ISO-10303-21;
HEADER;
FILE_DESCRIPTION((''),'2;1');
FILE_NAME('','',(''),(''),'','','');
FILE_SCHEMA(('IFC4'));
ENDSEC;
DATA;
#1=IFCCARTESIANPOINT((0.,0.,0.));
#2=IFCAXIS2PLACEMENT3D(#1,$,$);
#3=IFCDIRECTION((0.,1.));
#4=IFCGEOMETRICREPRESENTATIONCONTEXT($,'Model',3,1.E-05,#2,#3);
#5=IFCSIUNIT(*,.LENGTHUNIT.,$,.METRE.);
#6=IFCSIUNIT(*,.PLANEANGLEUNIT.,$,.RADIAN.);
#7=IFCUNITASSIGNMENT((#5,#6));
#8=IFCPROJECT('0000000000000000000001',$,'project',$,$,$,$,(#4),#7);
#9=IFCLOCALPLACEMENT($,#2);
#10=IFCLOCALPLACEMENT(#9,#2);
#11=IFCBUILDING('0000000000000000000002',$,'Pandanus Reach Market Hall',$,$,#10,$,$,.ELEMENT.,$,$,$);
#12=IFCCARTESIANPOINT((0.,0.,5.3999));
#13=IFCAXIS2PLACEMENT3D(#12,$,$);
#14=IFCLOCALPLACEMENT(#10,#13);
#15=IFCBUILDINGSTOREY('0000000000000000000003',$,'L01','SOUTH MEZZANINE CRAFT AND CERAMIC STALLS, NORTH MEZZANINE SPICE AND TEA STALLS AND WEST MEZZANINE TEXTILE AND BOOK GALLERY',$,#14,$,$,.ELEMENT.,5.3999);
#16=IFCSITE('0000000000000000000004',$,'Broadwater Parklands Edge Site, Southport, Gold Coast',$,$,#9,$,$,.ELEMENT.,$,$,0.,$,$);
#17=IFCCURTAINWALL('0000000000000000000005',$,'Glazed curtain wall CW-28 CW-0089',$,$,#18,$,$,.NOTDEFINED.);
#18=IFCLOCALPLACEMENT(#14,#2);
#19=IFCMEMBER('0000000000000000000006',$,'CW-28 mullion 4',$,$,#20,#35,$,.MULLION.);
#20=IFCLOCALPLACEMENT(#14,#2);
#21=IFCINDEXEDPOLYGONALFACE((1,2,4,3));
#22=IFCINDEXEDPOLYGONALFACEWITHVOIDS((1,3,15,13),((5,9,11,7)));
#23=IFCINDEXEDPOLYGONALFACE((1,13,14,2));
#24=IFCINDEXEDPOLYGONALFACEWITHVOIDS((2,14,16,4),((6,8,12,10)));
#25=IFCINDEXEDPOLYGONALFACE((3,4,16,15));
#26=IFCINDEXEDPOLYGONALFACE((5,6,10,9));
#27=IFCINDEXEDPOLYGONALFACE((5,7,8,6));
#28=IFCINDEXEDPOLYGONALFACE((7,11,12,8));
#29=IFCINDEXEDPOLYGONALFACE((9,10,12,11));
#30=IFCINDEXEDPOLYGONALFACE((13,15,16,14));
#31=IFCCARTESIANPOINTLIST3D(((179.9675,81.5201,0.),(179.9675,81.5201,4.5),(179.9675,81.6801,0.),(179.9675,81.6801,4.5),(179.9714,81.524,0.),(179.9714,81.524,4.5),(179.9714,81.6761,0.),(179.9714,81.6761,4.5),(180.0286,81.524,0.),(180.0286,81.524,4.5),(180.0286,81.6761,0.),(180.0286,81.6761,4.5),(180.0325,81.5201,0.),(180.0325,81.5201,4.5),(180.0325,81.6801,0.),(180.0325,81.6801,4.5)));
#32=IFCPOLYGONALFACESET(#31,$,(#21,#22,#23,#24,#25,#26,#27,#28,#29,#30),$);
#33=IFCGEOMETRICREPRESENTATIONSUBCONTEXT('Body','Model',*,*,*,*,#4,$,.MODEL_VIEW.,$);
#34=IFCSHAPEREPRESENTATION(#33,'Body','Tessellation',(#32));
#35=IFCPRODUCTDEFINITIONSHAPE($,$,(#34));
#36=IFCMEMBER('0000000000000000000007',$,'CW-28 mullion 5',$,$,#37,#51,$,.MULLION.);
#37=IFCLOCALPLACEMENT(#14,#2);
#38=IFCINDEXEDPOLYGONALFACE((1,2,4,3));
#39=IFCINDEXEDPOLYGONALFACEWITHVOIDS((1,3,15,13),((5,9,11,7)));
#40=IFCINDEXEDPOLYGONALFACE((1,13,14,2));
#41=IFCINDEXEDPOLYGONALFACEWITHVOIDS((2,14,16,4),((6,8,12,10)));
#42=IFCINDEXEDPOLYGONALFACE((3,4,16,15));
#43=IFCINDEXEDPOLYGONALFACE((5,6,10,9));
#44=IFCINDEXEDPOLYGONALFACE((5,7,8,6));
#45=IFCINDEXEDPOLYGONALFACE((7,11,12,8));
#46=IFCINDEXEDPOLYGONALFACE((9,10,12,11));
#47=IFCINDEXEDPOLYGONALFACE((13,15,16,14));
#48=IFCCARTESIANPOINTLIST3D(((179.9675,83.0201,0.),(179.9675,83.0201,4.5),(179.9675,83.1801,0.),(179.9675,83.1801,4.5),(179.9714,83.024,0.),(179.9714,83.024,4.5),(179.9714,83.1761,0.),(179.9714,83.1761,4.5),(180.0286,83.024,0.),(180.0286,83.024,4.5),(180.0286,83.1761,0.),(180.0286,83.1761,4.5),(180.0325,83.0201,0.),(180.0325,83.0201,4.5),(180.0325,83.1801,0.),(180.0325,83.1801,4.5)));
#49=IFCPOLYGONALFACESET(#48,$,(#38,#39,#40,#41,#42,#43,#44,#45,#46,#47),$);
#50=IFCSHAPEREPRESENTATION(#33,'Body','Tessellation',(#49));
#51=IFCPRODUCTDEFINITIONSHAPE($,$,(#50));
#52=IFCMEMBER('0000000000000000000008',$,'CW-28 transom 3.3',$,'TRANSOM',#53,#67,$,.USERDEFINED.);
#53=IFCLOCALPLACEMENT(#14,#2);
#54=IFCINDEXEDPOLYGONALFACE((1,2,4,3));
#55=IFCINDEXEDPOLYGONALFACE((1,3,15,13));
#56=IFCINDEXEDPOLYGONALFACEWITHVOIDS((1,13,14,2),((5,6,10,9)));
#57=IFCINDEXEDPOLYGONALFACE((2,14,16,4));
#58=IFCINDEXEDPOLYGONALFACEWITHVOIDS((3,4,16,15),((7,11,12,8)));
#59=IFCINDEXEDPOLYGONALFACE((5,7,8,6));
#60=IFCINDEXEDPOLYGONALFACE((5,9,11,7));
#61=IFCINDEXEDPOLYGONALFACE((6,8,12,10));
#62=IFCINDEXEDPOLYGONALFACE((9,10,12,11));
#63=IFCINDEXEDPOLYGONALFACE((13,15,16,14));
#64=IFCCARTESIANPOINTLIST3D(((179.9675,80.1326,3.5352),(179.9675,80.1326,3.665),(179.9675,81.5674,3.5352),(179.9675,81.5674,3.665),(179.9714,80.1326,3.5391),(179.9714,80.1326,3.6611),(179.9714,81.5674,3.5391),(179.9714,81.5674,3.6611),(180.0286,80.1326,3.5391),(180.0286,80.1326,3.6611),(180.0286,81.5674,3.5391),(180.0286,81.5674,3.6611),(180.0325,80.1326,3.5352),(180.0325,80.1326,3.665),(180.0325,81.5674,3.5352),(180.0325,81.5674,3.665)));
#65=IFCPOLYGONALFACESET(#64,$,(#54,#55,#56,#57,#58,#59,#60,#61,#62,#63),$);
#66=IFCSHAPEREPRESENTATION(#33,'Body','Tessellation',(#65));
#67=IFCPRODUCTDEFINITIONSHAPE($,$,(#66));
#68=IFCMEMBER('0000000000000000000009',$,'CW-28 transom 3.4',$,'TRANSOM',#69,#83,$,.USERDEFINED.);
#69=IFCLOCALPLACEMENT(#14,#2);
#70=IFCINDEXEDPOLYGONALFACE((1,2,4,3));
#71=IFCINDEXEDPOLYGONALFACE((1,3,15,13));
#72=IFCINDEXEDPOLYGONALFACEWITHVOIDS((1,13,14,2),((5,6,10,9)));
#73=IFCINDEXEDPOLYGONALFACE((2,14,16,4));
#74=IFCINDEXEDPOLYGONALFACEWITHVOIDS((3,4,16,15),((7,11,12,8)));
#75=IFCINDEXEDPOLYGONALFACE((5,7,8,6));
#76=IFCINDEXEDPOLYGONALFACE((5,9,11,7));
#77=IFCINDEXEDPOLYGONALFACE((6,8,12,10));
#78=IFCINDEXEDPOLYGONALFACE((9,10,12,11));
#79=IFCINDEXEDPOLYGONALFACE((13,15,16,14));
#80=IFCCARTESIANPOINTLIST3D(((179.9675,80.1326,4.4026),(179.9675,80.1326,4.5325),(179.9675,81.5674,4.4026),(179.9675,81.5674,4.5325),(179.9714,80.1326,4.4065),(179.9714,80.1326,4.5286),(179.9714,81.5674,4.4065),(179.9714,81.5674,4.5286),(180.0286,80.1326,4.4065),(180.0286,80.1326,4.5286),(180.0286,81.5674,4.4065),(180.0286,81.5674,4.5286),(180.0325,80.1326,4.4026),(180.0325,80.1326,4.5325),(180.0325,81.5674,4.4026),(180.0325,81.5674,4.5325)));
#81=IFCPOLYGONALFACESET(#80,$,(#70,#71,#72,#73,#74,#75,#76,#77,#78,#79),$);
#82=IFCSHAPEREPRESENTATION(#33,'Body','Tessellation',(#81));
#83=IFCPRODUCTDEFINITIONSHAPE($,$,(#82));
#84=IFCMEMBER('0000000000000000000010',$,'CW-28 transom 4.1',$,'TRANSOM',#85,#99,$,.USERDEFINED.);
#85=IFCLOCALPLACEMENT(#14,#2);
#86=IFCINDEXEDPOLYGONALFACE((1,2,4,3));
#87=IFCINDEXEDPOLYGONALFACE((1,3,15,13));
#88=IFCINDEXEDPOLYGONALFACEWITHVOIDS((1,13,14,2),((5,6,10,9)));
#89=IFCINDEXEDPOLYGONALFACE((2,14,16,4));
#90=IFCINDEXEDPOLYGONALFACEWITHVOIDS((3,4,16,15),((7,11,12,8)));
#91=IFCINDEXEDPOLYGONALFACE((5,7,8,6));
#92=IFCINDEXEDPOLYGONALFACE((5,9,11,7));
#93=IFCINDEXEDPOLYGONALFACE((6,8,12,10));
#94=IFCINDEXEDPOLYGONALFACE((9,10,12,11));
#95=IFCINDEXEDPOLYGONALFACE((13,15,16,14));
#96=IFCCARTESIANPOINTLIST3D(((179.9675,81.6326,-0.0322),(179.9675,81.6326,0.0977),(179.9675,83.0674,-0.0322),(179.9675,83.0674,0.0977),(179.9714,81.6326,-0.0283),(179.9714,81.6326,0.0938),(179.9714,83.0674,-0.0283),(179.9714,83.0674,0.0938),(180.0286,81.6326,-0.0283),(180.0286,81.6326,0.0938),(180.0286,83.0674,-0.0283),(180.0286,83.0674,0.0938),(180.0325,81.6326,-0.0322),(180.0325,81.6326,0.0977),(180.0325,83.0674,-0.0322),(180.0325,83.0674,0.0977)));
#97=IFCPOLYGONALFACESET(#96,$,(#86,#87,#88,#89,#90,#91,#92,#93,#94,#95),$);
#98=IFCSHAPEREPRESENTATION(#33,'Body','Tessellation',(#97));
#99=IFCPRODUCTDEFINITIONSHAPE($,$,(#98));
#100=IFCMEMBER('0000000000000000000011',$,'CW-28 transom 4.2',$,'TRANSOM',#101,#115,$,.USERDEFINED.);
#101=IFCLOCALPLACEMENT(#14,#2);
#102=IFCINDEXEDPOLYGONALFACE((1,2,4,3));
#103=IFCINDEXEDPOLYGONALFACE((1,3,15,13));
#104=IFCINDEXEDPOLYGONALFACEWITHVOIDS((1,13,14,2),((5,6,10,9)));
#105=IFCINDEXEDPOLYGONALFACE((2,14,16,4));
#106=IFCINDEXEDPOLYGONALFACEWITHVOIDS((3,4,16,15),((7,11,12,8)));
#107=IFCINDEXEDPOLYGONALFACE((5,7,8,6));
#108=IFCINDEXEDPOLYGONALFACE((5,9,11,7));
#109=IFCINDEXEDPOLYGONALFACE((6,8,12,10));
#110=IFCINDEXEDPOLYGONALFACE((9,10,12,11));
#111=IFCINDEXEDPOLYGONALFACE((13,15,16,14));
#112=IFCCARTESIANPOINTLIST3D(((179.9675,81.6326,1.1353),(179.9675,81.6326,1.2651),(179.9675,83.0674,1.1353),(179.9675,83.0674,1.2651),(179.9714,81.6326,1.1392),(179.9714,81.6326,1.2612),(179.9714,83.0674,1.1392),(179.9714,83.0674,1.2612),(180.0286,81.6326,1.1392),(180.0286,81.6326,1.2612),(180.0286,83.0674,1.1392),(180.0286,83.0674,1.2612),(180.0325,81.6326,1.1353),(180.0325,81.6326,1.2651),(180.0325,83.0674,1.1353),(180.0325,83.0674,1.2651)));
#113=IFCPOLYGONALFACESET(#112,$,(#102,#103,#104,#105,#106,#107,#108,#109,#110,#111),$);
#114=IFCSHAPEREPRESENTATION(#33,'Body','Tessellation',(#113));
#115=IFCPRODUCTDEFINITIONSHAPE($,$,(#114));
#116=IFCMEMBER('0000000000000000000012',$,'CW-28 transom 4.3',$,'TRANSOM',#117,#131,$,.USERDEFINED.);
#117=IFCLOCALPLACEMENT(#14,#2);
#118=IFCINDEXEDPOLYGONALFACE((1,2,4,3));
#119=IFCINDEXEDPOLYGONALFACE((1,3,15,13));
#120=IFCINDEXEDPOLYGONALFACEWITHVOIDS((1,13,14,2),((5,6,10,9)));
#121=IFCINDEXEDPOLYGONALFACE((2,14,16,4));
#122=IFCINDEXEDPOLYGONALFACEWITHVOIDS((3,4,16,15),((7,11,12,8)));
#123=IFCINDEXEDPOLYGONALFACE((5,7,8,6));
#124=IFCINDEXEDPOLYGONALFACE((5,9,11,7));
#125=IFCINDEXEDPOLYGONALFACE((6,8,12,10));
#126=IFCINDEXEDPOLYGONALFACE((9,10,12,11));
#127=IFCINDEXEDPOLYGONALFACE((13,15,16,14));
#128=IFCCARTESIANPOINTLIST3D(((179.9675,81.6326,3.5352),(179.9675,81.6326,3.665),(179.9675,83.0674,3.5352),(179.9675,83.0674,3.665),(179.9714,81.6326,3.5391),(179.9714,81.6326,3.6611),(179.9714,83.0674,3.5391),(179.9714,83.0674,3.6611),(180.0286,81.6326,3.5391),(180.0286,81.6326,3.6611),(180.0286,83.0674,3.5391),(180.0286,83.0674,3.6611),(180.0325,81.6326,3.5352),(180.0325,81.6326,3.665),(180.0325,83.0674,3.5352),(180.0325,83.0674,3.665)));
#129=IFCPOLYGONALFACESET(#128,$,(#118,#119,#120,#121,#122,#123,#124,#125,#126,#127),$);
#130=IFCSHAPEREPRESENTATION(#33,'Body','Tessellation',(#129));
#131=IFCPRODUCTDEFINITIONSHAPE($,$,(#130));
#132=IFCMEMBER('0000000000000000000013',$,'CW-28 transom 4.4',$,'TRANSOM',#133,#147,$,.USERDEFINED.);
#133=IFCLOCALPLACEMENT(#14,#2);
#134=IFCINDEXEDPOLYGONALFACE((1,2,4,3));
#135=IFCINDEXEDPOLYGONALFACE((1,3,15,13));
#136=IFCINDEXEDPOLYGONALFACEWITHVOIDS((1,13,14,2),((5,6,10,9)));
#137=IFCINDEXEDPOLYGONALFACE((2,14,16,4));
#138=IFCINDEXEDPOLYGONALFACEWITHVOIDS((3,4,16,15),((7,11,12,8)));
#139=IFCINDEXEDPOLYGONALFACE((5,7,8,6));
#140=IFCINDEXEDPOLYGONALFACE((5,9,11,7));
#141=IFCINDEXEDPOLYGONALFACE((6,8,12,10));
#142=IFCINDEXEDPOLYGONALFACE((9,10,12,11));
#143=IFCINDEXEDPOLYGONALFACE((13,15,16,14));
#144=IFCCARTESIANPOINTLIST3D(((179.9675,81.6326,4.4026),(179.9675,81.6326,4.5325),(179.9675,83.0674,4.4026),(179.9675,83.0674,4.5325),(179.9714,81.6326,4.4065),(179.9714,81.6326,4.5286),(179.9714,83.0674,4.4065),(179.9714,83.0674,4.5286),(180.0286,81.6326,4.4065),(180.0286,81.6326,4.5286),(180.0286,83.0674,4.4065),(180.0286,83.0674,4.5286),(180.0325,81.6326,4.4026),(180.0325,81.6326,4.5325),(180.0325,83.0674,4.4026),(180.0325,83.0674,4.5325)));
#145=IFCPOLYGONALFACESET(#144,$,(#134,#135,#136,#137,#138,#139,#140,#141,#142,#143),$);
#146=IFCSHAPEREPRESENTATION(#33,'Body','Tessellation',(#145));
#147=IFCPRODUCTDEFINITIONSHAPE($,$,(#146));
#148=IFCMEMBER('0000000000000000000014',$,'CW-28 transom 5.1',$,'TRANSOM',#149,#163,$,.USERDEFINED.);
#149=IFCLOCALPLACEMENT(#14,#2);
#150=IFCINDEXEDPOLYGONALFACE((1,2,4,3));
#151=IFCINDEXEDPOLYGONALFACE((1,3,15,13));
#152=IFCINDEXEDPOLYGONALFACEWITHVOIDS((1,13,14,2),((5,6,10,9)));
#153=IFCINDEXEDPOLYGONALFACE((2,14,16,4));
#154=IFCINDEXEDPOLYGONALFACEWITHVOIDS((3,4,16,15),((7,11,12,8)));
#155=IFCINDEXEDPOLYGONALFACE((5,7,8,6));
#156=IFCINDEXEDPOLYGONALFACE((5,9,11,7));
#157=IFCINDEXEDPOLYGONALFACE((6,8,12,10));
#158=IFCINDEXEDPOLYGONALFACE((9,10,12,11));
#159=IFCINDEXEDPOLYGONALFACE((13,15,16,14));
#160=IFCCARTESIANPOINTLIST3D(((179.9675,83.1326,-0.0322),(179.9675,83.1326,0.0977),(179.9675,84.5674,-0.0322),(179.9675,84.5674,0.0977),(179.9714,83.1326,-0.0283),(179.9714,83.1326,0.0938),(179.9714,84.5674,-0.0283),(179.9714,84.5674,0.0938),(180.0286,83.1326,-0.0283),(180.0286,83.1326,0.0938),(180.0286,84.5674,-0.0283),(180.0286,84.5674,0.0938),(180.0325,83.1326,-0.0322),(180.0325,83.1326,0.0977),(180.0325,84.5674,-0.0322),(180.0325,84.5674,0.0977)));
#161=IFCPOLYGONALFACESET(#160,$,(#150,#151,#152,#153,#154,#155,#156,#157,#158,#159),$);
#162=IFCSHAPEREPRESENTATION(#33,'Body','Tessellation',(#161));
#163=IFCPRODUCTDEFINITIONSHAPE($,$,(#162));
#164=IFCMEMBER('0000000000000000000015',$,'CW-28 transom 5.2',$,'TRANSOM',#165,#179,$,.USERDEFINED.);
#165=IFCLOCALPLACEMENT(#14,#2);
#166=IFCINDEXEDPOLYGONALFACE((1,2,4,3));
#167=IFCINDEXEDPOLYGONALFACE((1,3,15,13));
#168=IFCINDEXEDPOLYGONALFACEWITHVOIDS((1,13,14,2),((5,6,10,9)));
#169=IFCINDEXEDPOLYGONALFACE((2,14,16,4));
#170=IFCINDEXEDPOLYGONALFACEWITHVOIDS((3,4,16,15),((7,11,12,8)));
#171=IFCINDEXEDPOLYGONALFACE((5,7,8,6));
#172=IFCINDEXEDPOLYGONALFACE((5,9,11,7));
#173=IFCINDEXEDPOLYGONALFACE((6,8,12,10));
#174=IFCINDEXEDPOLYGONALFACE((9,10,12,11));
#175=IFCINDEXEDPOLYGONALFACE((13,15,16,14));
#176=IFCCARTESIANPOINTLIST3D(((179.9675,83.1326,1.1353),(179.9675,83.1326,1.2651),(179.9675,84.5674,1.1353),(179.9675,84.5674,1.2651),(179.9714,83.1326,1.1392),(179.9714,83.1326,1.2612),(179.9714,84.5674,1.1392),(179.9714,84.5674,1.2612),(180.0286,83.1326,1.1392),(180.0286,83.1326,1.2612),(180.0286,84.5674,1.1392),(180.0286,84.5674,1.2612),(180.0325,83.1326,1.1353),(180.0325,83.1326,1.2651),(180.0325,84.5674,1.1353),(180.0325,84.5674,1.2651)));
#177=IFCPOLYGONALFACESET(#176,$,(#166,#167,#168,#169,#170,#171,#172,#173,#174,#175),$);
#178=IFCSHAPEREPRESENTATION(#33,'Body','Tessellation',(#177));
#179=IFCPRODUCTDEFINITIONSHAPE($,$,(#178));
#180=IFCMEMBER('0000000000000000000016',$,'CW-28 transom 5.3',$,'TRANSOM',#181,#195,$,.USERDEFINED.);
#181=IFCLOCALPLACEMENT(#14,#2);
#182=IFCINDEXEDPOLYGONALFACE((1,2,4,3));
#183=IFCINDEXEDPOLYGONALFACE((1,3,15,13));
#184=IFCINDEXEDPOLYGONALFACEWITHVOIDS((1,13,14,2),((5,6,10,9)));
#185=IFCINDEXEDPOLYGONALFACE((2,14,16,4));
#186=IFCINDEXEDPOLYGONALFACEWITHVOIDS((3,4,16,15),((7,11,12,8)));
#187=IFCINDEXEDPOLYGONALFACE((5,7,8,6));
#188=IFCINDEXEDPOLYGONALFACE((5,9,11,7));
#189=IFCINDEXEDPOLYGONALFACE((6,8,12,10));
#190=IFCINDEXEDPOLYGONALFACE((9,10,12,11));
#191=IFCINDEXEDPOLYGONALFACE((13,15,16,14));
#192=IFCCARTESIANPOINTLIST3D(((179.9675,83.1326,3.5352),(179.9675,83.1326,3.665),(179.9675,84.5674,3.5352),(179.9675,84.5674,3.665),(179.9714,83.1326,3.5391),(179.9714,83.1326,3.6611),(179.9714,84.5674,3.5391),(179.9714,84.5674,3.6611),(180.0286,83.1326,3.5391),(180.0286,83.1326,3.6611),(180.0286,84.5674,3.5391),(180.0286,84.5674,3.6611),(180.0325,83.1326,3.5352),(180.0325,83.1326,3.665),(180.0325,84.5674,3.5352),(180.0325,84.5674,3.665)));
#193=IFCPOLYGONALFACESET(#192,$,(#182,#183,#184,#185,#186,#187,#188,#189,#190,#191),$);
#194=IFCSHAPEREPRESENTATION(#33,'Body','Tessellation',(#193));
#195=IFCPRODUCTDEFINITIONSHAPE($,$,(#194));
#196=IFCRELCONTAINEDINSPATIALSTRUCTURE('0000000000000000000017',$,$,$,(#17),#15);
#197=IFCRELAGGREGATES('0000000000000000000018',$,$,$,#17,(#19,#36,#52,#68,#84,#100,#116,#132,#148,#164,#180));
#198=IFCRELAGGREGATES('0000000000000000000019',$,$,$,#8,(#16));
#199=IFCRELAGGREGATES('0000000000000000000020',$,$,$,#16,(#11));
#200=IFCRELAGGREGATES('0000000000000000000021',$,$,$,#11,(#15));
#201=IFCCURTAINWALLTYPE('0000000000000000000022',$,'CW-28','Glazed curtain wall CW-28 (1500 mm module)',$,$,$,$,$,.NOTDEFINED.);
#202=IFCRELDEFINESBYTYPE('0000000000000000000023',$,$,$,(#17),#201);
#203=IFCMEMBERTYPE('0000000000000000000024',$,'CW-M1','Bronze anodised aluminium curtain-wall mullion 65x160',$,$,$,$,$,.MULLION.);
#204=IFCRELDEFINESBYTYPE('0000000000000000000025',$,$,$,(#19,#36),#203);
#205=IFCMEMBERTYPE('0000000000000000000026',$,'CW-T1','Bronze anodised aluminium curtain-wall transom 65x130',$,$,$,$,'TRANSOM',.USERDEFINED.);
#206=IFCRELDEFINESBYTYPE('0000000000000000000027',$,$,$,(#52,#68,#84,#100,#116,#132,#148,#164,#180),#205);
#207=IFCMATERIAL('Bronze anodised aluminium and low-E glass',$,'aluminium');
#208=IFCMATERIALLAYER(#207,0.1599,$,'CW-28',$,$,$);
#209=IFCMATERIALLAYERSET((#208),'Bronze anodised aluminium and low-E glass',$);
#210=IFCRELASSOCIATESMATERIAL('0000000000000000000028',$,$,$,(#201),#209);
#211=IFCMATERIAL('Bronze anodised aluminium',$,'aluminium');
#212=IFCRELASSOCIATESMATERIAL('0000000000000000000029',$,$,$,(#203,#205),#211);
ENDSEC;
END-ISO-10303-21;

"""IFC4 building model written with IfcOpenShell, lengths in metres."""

from ifc_helpers import new_model, si_unit, direction, frame, origin, origin_2d, place, context, subcontext, project, spatial, hollow_rectangle, extrude, material, layer, layer_set, material_profile, profile_set, type_object, element, aggregate, save


model = new_model("IFC4")

# Units and contexts
model_context = context("Model", 3, precision=1e-05, world=origin(), true_north=direction((0.0, 1.0)))
body_context = subcontext(model_context, "Body", "Model", "MODEL_VIEW")
ifc_project = project(units=[si_unit("LENGTHUNIT", "METRE"), si_unit("PLANEANGLEUNIT", "RADIAN")], contexts=[model_context])

# Site, building, storey
site_placement = place(None, origin())
site = spatial("IfcSite", under=ifc_project, at=site_placement, Name="Broadwater Parklands Edge Site, Southport, Gold Coast", CompositionType="ELEMENT", RefElevation=0.0)
building_placement = place(site_placement, origin())
building = spatial("IfcBuilding", under=site, at=building_placement, Name="Pandanus Reach Market Hall", CompositionType="ELEMENT")
storey_placement = place(building_placement, frame((0.0, 0.0, 5.3999)))
storey = spatial("IfcBuildingStorey", under=building, at=storey_placement, Name="L01", Description="SOUTH MEZZANINE CRAFT AND CERAMIC STALLS, NORTH MEZZANINE SPICE AND TEA STALLS AND WEST MEZZANINE TEXTILE AND BOOK GALLERY", CompositionType="ELEMENT", Elevation=5.3999)

# Curtain wall, members
ifc_material_1 = material(Name="Bronze anodised aluminium and low-E glass", Category="aluminium")
ifc_layer_1 = layer(ifc_material_1, 0.1599, Name="CW-28")
ifc_layer_set_1 = layer_set([ifc_layer_1], Name="Bronze anodised aluminium and low-E glass")
curtain_wall_type = type_object("IfcCurtainWallType", Name="CW-28", Description="Glazed curtain wall CW-28 (1500 mm module)", PredefinedType="NOTDEFINED", material=ifc_layer_set_1)
curtain_wall_placement = place(storey_placement, origin())
curtain_wall = element("IfcCurtainWall", 1, at=curtain_wall_placement, inside=storey, type_object=curtain_wall_type, Name="Glazed curtain wall CW-28 CW-0089", PredefinedType="NOTDEFINED")
ifc_material_2 = material(Name="Bronze anodised aluminium", Category="aluminium")
ifc_material_profile_1 = material_profile(ifc_material_2, hollow_rectangle(XDim=0.0649, YDim=0.1599, WallThickness=0.0039, at=origin_2d()), Name="ALU65x160", Category="LoadBearing")
ifc_profile_set_1 = profile_set([ifc_material_profile_1], Name="Bronze anodised aluminium")
member_type_1 = type_object("IfcMemberType", Name="CW-M1", Description="Bronze anodised aluminium curtain-wall mullion 65x160", PredefinedType="MULLION", material=ifc_profile_set_1)
member_1_placement = place(storey_placement, frame((180.0, 81.6001, 0.0), z_axis=(0.0, 0.0, 1.0), x_axis=(-1.0, 0.0, 0.0)))
member_1 = element("IfcMember", 2, at=member_1_placement, type_object=member_type_1, Name="CW-28 mullion 4", PredefinedType="MULLION", context=body_context, shape_type="SweptSolid", body=[
    extrude(hollow_rectangle(XDim=0.0649, YDim=0.1599, WallThickness=0.0039, at=origin_2d()), origin(), (0.0, 0.0, 1.0), 4.5),
])
member_2_placement = place(storey_placement, frame((180.0, 83.1001, 0.0), z_axis=(0.0, 0.0, 1.0), x_axis=(-1.0, 0.0, 0.0)))
member_2 = element("IfcMember", 3, at=member_2_placement, type_object=member_type_1, Name="CW-28 mullion 5", PredefinedType="MULLION", context=body_context, shape_type="SweptSolid", body=[
    extrude(hollow_rectangle(XDim=0.0649, YDim=0.1599, WallThickness=0.0039, at=origin_2d()), origin(), (0.0, 0.0, 1.0), 4.5),
])
ifc_material_profile_2 = material_profile(ifc_material_2, hollow_rectangle(XDim=0.0649, YDim=0.1299, WallThickness=0.0039, at=origin_2d()), Name="ALU65x130", Category="LoadBearing")
ifc_profile_set_2 = profile_set([ifc_material_profile_2], Name="Bronze anodised aluminium")
member_type_2 = type_object("IfcMemberType", Name="CW-T1", Description="Bronze anodised aluminium curtain-wall transom 65x130", ElementType="TRANSOM", PredefinedType="USERDEFINED", material=ifc_profile_set_2)
member_3_placement = place(storey_placement, frame((180.0, 80.1326, 3.6001), z_axis=(0.0, 1.0, 0.0), x_axis=(-1.0, 0.0, 0.0)))
member_3 = element("IfcMember", 4, at=member_3_placement, type_object=member_type_2, Name="CW-28 transom 3.3", ObjectType="TRANSOM", PredefinedType="USERDEFINED", context=body_context, shape_type="SweptSolid", body=[
    extrude(hollow_rectangle(XDim=0.0649, YDim=0.1299, WallThickness=0.0039, at=origin_2d()), origin(), (0.0, 0.0, 1.0), 1.4348),
])
member_4_placement = place(storey_placement, frame((180.0, 80.1326, 4.4675), z_axis=(0.0, 1.0, 0.0), x_axis=(-1.0, 0.0, 0.0)))
member_4 = element("IfcMember", 5, at=member_4_placement, type_object=member_type_2, Name="CW-28 transom 3.4", ObjectType="TRANSOM", PredefinedType="USERDEFINED", context=body_context, shape_type="SweptSolid", body=[
    extrude(hollow_rectangle(XDim=0.0649, YDim=0.1299, WallThickness=0.0039, at=origin_2d()), origin(), (0.0, 0.0, 1.0), 1.4348),
])
member_5_placement = place(storey_placement, frame((180.0, 81.6326, 0.0327), z_axis=(0.0, 1.0, 0.0), x_axis=(-1.0, 0.0, 0.0)))
member_5 = element("IfcMember", 6, at=member_5_placement, type_object=member_type_2, Name="CW-28 transom 4.1", ObjectType="TRANSOM", PredefinedType="USERDEFINED", context=body_context, shape_type="SweptSolid", body=[
    extrude(hollow_rectangle(XDim=0.0649, YDim=0.1299, WallThickness=0.0039, at=origin_2d()), origin(), (0.0, 0.0, 1.0), 1.4348),
])
member_6_placement = place(storey_placement, frame((180.0, 81.6326, 1.2002), z_axis=(0.0, 1.0, 0.0), x_axis=(-1.0, 0.0, 0.0)))
member_6 = element("IfcMember", 7, at=member_6_placement, type_object=member_type_2, Name="CW-28 transom 4.2", ObjectType="TRANSOM", PredefinedType="USERDEFINED", context=body_context, shape_type="SweptSolid", body=[
    extrude(hollow_rectangle(XDim=0.0649, YDim=0.1299, WallThickness=0.0039, at=origin_2d()), origin(), (0.0, 0.0, 1.0), 1.4348),
])
member_7_placement = place(storey_placement, frame((180.0, 81.6326, 3.6001), z_axis=(0.0, 1.0, 0.0), x_axis=(-1.0, 0.0, 0.0)))
member_7 = element("IfcMember", 8, at=member_7_placement, type_object=member_type_2, Name="CW-28 transom 4.3", ObjectType="TRANSOM", PredefinedType="USERDEFINED", context=body_context, shape_type="SweptSolid", body=[
    extrude(hollow_rectangle(XDim=0.0649, YDim=0.1299, WallThickness=0.0039, at=origin_2d()), origin(), (0.0, 0.0, 1.0), 1.4348),
])
member_8_placement = place(storey_placement, frame((180.0, 81.6326, 4.4675), z_axis=(0.0, 1.0, 0.0), x_axis=(-1.0, 0.0, 0.0)))
member_8 = element("IfcMember", 9, at=member_8_placement, type_object=member_type_2, Name="CW-28 transom 4.4", ObjectType="TRANSOM", PredefinedType="USERDEFINED", context=body_context, shape_type="SweptSolid", body=[
    extrude(hollow_rectangle(XDim=0.0649, YDim=0.1299, WallThickness=0.0039, at=origin_2d()), origin(), (0.0, 0.0, 1.0), 1.4348),
])
member_9_placement = place(storey_placement, frame((180.0, 83.1326, 0.0327), z_axis=(0.0, 1.0, 0.0), x_axis=(-1.0, 0.0, 0.0)))
member_9 = element("IfcMember", 10, at=member_9_placement, type_object=member_type_2, Name="CW-28 transom 5.1", ObjectType="TRANSOM", PredefinedType="USERDEFINED", context=body_context, shape_type="SweptSolid", body=[
    extrude(hollow_rectangle(XDim=0.0649, YDim=0.1299, WallThickness=0.0039, at=origin_2d()), origin(), (0.0, 0.0, 1.0), 1.4348),
])
member_10_placement = place(storey_placement, frame((180.0, 83.1326, 1.2002), z_axis=(0.0, 1.0, 0.0), x_axis=(-1.0, 0.0, 0.0)))
member_10 = element("IfcMember", 11, at=member_10_placement, type_object=member_type_2, Name="CW-28 transom 5.2", ObjectType="TRANSOM", PredefinedType="USERDEFINED", context=body_context, shape_type="SweptSolid", body=[
    extrude(hollow_rectangle(XDim=0.0649, YDim=0.1299, WallThickness=0.0039, at=origin_2d()), origin(), (0.0, 0.0, 1.0), 1.4348),
])
member_11_placement = place(storey_placement, frame((180.0, 83.1326, 3.6001), z_axis=(0.0, 1.0, 0.0), x_axis=(-1.0, 0.0, 0.0)))
member_11 = element("IfcMember", 12, at=member_11_placement, type_object=member_type_2, Name="CW-28 transom 5.3", ObjectType="TRANSOM", PredefinedType="USERDEFINED", context=body_context, shape_type="SweptSolid", body=[
    extrude(hollow_rectangle(XDim=0.0649, YDim=0.1299, WallThickness=0.0039, at=origin_2d()), origin(), (0.0, 0.0, 1.0), 1.4348),
])
aggregate(curtain_wall, [member_1, member_2, member_3, member_4, member_5, member_6, member_7, member_8, member_9, member_10, member_11])

save(model, "model.ifc")
